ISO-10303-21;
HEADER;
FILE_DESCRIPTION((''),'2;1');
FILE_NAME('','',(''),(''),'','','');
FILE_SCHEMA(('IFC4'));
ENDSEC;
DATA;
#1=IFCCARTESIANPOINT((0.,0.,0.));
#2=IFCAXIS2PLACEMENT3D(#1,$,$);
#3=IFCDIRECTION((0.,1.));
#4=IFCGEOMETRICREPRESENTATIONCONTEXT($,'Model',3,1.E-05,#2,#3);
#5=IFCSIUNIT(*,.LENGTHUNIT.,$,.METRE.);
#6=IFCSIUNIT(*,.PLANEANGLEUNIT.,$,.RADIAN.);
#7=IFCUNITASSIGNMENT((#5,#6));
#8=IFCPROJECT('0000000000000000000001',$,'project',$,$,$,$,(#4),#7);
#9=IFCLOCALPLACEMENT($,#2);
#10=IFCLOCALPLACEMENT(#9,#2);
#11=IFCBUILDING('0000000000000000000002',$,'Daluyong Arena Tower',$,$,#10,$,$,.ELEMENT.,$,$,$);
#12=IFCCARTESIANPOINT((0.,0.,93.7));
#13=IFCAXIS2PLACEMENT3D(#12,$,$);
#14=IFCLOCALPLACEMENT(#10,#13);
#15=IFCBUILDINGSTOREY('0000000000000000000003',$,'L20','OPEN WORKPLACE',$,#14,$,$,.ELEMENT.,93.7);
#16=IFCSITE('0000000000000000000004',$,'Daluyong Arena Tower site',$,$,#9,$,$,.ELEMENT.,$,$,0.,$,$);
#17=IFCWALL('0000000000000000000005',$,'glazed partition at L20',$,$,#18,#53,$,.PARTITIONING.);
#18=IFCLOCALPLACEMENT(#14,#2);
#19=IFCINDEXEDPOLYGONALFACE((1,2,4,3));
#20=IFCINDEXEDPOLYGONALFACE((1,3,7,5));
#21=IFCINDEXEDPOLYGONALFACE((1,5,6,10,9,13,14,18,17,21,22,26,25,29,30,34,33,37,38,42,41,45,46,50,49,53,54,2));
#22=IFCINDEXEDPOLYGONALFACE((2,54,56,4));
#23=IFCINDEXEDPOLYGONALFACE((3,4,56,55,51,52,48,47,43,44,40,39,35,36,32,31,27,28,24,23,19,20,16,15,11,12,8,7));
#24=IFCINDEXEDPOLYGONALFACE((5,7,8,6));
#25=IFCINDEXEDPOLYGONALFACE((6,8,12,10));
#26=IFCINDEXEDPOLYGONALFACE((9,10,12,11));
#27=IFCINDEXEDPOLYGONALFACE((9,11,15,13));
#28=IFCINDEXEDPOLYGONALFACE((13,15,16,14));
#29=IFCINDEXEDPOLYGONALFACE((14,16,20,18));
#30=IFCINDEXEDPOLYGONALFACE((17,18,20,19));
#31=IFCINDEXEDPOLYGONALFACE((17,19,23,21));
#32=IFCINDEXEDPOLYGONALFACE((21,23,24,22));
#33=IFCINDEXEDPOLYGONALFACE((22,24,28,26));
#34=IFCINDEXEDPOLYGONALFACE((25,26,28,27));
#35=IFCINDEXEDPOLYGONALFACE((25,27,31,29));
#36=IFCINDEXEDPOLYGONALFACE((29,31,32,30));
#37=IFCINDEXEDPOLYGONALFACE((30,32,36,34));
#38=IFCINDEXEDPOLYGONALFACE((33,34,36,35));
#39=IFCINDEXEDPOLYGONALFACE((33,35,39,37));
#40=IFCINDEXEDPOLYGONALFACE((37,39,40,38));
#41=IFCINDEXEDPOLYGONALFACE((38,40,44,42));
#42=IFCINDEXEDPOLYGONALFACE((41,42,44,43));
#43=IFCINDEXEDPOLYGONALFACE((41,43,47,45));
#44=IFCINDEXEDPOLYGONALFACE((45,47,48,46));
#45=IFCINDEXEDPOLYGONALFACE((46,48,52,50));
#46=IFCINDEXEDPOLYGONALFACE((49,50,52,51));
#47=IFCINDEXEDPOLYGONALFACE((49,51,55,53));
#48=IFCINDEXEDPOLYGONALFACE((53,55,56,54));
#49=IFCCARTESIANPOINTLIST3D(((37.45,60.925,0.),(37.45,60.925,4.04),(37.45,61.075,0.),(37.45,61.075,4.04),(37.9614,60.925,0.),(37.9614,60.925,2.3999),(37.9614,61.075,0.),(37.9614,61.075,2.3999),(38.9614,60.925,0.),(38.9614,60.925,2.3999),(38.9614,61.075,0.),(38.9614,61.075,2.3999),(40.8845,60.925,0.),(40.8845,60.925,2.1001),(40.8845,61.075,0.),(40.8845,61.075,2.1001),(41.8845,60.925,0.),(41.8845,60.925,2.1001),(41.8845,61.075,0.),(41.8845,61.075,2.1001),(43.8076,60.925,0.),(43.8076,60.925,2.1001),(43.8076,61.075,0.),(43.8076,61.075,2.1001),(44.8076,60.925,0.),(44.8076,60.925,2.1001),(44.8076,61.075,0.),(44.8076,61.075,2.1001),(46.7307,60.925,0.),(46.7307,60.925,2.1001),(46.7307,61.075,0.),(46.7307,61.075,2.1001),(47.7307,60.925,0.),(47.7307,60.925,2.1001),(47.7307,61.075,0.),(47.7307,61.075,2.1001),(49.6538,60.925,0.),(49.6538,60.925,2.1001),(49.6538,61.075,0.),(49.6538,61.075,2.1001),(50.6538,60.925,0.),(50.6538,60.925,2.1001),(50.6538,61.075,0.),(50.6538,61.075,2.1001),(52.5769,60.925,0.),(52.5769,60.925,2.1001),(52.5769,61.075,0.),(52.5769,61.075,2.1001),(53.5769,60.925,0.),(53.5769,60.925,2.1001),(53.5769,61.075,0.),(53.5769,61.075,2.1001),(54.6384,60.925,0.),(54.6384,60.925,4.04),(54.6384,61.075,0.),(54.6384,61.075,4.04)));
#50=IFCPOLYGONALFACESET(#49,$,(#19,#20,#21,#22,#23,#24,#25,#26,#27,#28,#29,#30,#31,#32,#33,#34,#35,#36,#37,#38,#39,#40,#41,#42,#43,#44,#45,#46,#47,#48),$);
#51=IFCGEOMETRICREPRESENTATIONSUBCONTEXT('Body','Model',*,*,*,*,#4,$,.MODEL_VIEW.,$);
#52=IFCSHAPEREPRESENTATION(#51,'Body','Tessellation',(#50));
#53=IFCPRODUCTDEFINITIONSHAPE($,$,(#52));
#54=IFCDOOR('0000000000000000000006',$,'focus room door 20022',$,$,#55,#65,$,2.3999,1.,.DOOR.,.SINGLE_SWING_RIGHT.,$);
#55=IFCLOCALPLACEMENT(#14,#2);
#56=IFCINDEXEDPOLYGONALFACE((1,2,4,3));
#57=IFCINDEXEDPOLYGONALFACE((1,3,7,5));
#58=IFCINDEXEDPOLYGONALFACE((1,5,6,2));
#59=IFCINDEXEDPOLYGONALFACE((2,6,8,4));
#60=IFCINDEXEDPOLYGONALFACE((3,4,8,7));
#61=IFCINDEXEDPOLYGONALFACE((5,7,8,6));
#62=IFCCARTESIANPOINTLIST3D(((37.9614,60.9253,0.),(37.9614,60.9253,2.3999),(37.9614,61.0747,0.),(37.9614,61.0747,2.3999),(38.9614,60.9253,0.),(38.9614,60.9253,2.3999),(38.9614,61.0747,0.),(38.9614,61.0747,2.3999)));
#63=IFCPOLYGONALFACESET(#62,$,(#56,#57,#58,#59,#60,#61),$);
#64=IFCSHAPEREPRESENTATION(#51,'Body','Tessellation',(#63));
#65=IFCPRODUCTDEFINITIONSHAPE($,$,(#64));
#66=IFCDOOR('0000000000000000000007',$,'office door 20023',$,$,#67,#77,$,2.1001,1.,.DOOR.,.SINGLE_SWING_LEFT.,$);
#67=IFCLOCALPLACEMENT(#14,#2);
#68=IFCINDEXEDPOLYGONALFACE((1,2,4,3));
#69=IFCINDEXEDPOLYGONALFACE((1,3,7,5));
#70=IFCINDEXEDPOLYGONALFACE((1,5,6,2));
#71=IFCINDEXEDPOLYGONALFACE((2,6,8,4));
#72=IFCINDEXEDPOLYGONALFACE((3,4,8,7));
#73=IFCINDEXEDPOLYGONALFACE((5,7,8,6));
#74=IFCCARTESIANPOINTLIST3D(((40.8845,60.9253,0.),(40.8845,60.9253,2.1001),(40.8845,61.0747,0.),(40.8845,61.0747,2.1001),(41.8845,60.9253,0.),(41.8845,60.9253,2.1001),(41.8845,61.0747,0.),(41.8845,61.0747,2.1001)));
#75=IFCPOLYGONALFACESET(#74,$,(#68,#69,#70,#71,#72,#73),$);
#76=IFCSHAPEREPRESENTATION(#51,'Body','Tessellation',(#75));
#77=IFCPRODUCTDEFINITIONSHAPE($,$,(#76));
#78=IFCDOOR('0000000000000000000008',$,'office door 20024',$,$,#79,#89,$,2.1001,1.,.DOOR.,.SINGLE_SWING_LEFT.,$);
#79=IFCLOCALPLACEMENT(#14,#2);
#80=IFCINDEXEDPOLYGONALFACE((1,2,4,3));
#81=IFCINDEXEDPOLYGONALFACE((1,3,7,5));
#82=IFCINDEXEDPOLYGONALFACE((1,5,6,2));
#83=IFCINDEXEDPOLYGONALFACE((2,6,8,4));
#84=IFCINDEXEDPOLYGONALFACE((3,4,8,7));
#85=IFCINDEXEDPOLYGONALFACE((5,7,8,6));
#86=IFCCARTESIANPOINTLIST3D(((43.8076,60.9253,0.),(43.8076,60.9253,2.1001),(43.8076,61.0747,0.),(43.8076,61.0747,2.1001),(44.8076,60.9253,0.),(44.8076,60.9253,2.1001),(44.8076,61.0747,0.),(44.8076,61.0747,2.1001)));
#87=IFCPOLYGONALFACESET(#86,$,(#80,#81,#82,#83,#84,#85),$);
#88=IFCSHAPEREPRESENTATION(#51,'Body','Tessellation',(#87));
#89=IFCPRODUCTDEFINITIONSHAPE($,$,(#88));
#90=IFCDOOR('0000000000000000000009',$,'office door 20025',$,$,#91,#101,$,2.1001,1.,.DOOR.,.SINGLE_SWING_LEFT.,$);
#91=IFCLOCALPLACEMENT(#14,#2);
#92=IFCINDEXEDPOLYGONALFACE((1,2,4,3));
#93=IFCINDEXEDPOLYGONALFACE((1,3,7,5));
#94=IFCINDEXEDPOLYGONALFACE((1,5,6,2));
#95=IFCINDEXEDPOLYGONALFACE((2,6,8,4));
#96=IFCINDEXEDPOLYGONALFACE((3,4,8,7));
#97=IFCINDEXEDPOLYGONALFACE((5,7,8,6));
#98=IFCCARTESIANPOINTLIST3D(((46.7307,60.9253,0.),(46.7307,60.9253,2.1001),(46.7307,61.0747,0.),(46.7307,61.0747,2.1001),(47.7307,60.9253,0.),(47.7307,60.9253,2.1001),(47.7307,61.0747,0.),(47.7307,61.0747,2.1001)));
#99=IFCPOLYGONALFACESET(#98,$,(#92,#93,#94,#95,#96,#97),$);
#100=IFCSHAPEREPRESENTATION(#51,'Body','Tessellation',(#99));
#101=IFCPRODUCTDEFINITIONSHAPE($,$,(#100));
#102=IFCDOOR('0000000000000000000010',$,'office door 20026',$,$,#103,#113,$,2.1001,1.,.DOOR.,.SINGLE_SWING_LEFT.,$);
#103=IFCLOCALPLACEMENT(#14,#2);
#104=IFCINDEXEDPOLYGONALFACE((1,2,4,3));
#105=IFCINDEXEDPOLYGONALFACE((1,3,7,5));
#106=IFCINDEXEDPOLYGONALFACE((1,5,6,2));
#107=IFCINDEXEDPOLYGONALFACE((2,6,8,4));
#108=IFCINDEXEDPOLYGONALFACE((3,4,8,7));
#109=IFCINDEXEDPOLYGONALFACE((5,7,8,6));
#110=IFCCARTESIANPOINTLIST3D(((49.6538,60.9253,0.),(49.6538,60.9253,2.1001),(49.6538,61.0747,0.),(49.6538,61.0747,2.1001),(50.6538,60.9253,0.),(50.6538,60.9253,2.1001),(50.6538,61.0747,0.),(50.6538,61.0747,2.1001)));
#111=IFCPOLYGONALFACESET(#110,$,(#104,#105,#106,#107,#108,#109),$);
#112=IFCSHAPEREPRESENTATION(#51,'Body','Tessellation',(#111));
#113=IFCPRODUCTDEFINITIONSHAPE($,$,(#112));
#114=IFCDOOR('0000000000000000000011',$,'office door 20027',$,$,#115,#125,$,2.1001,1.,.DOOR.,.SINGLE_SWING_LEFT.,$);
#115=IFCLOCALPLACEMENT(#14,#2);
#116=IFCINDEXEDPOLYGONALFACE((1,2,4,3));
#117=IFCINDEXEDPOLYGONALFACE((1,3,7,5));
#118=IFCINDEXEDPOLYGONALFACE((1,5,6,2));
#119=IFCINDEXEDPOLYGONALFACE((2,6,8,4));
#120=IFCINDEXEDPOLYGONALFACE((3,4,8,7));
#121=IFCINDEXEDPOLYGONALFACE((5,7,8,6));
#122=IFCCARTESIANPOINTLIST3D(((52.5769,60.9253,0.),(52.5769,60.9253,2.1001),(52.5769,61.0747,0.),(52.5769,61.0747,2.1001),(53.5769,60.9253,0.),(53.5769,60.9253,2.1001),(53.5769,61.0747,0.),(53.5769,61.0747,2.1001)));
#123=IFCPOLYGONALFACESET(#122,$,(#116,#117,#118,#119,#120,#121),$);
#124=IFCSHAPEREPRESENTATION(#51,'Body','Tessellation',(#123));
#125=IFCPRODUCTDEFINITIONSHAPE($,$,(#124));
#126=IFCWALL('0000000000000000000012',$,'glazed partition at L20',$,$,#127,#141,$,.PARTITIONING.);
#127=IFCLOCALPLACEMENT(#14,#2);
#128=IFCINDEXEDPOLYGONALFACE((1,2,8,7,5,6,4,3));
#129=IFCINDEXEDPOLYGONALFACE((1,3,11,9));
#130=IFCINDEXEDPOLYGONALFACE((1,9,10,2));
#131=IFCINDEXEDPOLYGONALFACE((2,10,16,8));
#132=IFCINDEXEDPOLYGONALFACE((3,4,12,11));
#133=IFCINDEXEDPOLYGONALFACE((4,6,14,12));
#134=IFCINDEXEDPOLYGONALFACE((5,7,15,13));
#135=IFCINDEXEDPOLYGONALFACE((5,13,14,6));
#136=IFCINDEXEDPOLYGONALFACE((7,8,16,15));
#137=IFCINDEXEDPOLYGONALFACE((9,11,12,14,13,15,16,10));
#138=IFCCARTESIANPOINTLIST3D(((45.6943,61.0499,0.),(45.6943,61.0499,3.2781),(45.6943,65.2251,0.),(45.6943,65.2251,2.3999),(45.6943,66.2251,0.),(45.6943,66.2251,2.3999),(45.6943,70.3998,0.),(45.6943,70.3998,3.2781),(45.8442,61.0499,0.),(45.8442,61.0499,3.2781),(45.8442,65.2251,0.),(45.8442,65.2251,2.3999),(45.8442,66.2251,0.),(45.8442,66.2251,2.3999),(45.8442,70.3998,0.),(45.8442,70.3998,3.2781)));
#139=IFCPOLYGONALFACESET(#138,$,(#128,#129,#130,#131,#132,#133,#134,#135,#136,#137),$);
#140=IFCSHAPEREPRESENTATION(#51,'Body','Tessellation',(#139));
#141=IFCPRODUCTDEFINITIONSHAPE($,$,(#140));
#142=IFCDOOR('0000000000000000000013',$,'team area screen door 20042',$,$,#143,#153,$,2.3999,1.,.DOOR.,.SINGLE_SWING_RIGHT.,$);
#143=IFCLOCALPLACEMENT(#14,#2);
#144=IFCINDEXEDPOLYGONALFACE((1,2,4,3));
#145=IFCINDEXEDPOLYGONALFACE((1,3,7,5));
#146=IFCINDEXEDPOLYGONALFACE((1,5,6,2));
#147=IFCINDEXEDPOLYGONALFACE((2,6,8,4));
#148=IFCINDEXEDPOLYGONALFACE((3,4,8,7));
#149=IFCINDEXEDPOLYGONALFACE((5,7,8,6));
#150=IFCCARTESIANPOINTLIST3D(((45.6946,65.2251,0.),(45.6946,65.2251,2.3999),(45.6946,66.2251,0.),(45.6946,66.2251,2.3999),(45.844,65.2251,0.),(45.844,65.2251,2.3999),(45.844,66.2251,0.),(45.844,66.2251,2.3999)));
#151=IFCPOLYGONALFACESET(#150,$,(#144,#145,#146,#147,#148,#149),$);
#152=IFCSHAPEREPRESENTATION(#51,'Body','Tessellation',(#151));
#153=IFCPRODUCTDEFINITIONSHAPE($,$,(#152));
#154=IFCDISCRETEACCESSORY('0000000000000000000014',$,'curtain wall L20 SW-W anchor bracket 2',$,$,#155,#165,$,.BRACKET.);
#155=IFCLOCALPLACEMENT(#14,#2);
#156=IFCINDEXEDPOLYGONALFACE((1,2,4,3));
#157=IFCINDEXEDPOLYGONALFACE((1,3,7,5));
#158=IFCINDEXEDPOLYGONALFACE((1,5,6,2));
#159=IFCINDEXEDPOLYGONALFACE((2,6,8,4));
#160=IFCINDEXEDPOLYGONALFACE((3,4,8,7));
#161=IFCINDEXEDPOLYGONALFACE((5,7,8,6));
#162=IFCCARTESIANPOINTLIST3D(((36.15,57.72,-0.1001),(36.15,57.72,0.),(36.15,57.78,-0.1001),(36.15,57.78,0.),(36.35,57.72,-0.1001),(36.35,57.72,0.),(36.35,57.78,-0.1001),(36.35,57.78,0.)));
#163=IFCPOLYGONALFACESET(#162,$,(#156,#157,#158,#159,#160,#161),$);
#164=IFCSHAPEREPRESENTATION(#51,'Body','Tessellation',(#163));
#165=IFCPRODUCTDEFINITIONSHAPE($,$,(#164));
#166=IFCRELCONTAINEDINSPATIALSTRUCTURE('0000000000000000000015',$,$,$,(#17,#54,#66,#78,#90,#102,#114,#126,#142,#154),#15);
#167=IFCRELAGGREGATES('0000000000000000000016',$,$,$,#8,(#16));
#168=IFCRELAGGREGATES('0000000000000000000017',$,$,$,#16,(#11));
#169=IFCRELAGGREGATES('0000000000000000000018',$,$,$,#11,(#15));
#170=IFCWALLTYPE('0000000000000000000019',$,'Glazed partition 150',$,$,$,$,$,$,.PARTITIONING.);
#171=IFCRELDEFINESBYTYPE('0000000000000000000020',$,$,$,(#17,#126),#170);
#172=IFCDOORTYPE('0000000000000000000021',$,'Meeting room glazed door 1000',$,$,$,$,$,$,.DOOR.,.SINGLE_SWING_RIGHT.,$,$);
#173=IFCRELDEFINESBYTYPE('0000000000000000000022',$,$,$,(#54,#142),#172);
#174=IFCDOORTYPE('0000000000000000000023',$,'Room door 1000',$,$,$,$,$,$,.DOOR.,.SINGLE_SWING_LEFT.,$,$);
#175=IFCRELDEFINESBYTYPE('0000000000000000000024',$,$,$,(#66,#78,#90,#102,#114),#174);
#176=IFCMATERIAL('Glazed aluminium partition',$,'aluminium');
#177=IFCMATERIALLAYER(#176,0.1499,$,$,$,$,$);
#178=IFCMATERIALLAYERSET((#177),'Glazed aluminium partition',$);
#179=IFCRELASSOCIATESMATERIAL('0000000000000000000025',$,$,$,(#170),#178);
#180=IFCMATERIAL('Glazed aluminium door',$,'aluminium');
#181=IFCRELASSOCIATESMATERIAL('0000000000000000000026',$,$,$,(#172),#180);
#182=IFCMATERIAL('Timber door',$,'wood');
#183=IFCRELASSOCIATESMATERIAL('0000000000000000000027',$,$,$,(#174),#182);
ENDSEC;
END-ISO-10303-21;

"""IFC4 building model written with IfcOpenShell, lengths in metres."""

from ifc_helpers import new_model, si_unit, direction, frame, frame_2d, origin, origin_2d, place, context, subcontext, project, spatial, rectangle, extrude, material, layer, layer_set, type_object, element, fill, save


model = new_model("IFC4")

# Units and contexts
model_context = context("Model", 3, precision=1e-05, world=origin(), true_north=direction((0.0, 1.0)))
body_context = subcontext(model_context, "Body", "Model", "MODEL_VIEW")
ifc_project = project(units=[si_unit("LENGTHUNIT", "METRE"), si_unit("PLANEANGLEUNIT", "RADIAN")], contexts=[model_context])

# Site, building, storey
site_placement = place(None, origin())
site = spatial("IfcSite", under=ifc_project, at=site_placement, Name="Daluyong Arena Tower site", CompositionType="ELEMENT", RefElevation=0.0)
building_placement = place(site_placement, origin())
building = spatial("IfcBuilding", under=site, at=building_placement, Name="Daluyong Arena Tower", CompositionType="ELEMENT")
storey_placement = place(building_placement, frame((0.0, 0.0, 93.7)))
storey = spatial("IfcBuildingStorey", under=building, at=storey_placement, Name="L20", Description="OPEN WORKPLACE", CompositionType="ELEMENT", Elevation=93.7)

# Wall, openings, doors
ifc_material_1 = material(Name="Glazed aluminium partition", Category="aluminium")
ifc_layer_1 = layer(ifc_material_1, 0.1499)
ifc_layer_set_1 = layer_set([ifc_layer_1], Name="Glazed aluminium partition")
wall_type = type_object("IfcWallType", Name="Glazed partition 150", PredefinedType="PARTITIONING", material=ifc_layer_set_1)
wall_1_placement = place(storey_placement, frame((37.45, 61.0, 0.0), z_axis=(0.0, 0.0, 1.0), x_axis=(1.0, 0.0, 0.0)))
wall_1 = element("IfcWall", 1, at=wall_1_placement, inside=storey, type_object=wall_type, Name="glazed partition at L20", PredefinedType="PARTITIONING", context=body_context, shape_type="SweptSolid", body=[
    extrude(rectangle(XDim=17.1885, YDim=0.1499, at=frame_2d((8.5942, 0.0))), origin(), (0.0, 0.0, 1.0), 4.04),
])
opening_1_placement = place(wall_1_placement, frame((0.5115, 0.0, 0.0)))
opening_1 = element("IfcOpeningElement", 2, at=opening_1_placement, cuts=wall_1, PredefinedType="OPENING", context=body_context, shape_type="SweptSolid", body=[
    extrude(rectangle(XDim=1.0, YDim=2.3999, at=frame_2d((0.5, 1.2))), frame((0.0, 0.085, 0.0), z_axis=(0.0, -1.0, 0.0), x_axis=(1.0, 0.0, 0.0)), (0.0, 0.0, 1.0), 0.1699),
])
opening_2_placement = place(wall_1_placement, frame((3.4346, 0.0, 0.0)))
opening_2 = element("IfcOpeningElement", 3, at=opening_2_placement, cuts=wall_1, PredefinedType="OPENING", context=body_context, shape_type="SweptSolid", body=[
    extrude(rectangle(XDim=1.0, YDim=2.1001, at=frame_2d((0.5, 1.05))), frame((0.0, 0.085, 0.0), z_axis=(0.0, -1.0, 0.0), x_axis=(1.0, 0.0, 0.0)), (0.0, 0.0, 1.0), 0.1699),
])
opening_3_placement = place(wall_1_placement, frame((6.3577, 0.0, 0.0)))
opening_3 = element("IfcOpeningElement", 4, at=opening_3_placement, cuts=wall_1, PredefinedType="OPENING", context=body_context, shape_type="SweptSolid", body=[
    extrude(rectangle(XDim=1.0, YDim=2.1001, at=frame_2d((0.5, 1.05))), frame((0.0, 0.085, 0.0), z_axis=(0.0, -1.0, 0.0), x_axis=(1.0, 0.0, 0.0)), (0.0, 0.0, 1.0), 0.1699),
])
opening_4_placement = place(wall_1_placement, frame((9.2808, 0.0, 0.0)))
opening_4 = element("IfcOpeningElement", 5, at=opening_4_placement, cuts=wall_1, PredefinedType="OPENING", context=body_context, shape_type="SweptSolid", body=[
    extrude(rectangle(XDim=1.0, YDim=2.1001, at=frame_2d((0.5, 1.05))), frame((0.0, 0.085, 0.0), z_axis=(0.0, -1.0, 0.0), x_axis=(1.0, 0.0, 0.0)), (0.0, 0.0, 1.0), 0.1699),
])
opening_5_placement = place(wall_1_placement, frame((12.2039, 0.0, 0.0)))
opening_5 = element("IfcOpeningElement", 6, at=opening_5_placement, cuts=wall_1, PredefinedType="OPENING", context=body_context, shape_type="SweptSolid", body=[
    extrude(rectangle(XDim=1.0, YDim=2.1001, at=frame_2d((0.5, 1.05))), frame((0.0, 0.085, 0.0), z_axis=(0.0, -1.0, 0.0), x_axis=(1.0, 0.0, 0.0)), (0.0, 0.0, 1.0), 0.1699),
])
opening_6_placement = place(wall_1_placement, frame((15.127, 0.0, 0.0)))
opening_6 = element("IfcOpeningElement", 7, at=opening_6_placement, cuts=wall_1, PredefinedType="OPENING", context=body_context, shape_type="SweptSolid", body=[
    extrude(rectangle(XDim=1.0, YDim=2.1001, at=frame_2d((0.5, 1.05))), frame((0.0, 0.085, 0.0), z_axis=(0.0, -1.0, 0.0), x_axis=(1.0, 0.0, 0.0)), (0.0, 0.0, 1.0), 0.1699),
])
ifc_material_2 = material(Name="Glazed aluminium door", Category="aluminium")
door_type_1 = type_object("IfcDoorType", Name="Meeting room glazed door 1000", OperationType="SINGLE_SWING_RIGHT", PredefinedType="DOOR", material=ifc_material_2)
door_1_placement = place(opening_1_placement, origin())
door_1 = element("IfcDoor", 8, at=door_1_placement, inside=storey, type_object=door_type_1, Name="focus room door 20022", OperationType="SINGLE_SWING_RIGHT", OverallHeight=2.3999, OverallWidth=1.0, PredefinedType="DOOR", context=body_context, shape_type="SweptSolid", body=[
    extrude(rectangle(XDim=1.0, YDim=2.3999, at=frame_2d((0.5, 1.2))), frame((0.0, 0.0747, 0.0), z_axis=(0.0, -1.0, 0.0), x_axis=(1.0, 0.0, 0.0)), (0.0, 0.0, 1.0), 0.1494),
])
fill(opening_1, door_1)
ifc_material_3 = material(Name="Timber door", Category="wood")
door_type_2 = type_object("IfcDoorType", Name="Room door 1000", OperationType="SINGLE_SWING_LEFT", PredefinedType="DOOR", material=ifc_material_3)
door_2_placement = place(opening_2_placement, origin())
door_2 = element("IfcDoor", 9, at=door_2_placement, inside=storey, type_object=door_type_2, Name="office door 20023", OperationType="SINGLE_SWING_LEFT", OverallHeight=2.1001, OverallWidth=1.0, PredefinedType="DOOR", context=body_context, shape_type="SweptSolid", body=[
    extrude(rectangle(XDim=1.0, YDim=2.1001, at=frame_2d((0.5, 1.05))), frame((0.0, 0.0747, 0.0), z_axis=(0.0, -1.0, 0.0), x_axis=(1.0, 0.0, 0.0)), (0.0, 0.0, 1.0), 0.1494),
])
fill(opening_2, door_2)
door_3_placement = place(opening_3_placement, origin())
door_3 = element("IfcDoor", 10, at=door_3_placement, inside=storey, type_object=door_type_2, Name="office door 20024", OperationType="SINGLE_SWING_LEFT", OverallHeight=2.1001, OverallWidth=1.0, PredefinedType="DOOR", context=body_context, shape_type="SweptSolid", body=[
    extrude(rectangle(XDim=1.0, YDim=2.1001, at=frame_2d((0.5, 1.05))), frame((0.0, 0.0747, 0.0), z_axis=(0.0, -1.0, 0.0), x_axis=(1.0, 0.0, 0.0)), (0.0, 0.0, 1.0), 0.1494),
])
fill(opening_3, door_3)
door_4_placement = place(opening_4_placement, origin())
door_4 = element("IfcDoor", 11, at=door_4_placement, inside=storey, type_object=door_type_2, Name="office door 20025", OperationType="SINGLE_SWING_LEFT", OverallHeight=2.1001, OverallWidth=1.0, PredefinedType="DOOR", context=body_context, shape_type="SweptSolid", body=[
    extrude(rectangle(XDim=1.0, YDim=2.1001, at=frame_2d((0.5, 1.05))), frame((0.0, 0.0747, 0.0), z_axis=(0.0, -1.0, 0.0), x_axis=(1.0, 0.0, 0.0)), (0.0, 0.0, 1.0), 0.1494),
])
fill(opening_4, door_4)
door_5_placement = place(opening_5_placement, origin())
door_5 = element("IfcDoor", 12, at=door_5_placement, inside=storey, type_object=door_type_2, Name="office door 20026", OperationType="SINGLE_SWING_LEFT", OverallHeight=2.1001, OverallWidth=1.0, PredefinedType="DOOR", context=body_context, shape_type="SweptSolid", body=[
    extrude(rectangle(XDim=1.0, YDim=2.1001, at=frame_2d((0.5, 1.05))), frame((0.0, 0.0747, 0.0), z_axis=(0.0, -1.0, 0.0), x_axis=(1.0, 0.0, 0.0)), (0.0, 0.0, 1.0), 0.1494),
])
fill(opening_5, door_5)
door_6_placement = place(opening_6_placement, origin())
door_6 = element("IfcDoor", 13, at=door_6_placement, inside=storey, type_object=door_type_2, Name="office door 20027", OperationType="SINGLE_SWING_LEFT", OverallHeight=2.1001, OverallWidth=1.0, PredefinedType="DOOR", context=body_context, shape_type="SweptSolid", body=[
    extrude(rectangle(XDim=1.0, YDim=2.1001, at=frame_2d((0.5, 1.05))), frame((0.0, 0.0747, 0.0), z_axis=(0.0, -1.0, 0.0), x_axis=(1.0, 0.0, 0.0)), (0.0, 0.0, 1.0), 0.1494),
])
fill(opening_6, door_6)

# Wall, opening, door
wall_2_placement = place(storey_placement, frame((45.7693, 61.05, 0.0), z_axis=(0.0, 0.0, 1.0), x_axis=(0.0, 1.0, 0.0)))
wall_2 = element("IfcWall", 14, at=wall_2_placement, inside=storey, type_object=wall_type, Name="glazed partition at L20", PredefinedType="PARTITIONING", context=body_context, shape_type="SweptSolid", body=[
    extrude(rectangle(XDim=9.3499, YDim=0.1499, at=frame_2d((4.6748, 0.0))), origin(), (0.0, 0.0, 1.0), 3.2781),
])
opening_7_placement = place(wall_2_placement, frame((4.175, 0.0, 0.0)))
opening_7 = element("IfcOpeningElement", 15, at=opening_7_placement, cuts=wall_2, PredefinedType="OPENING", context=body_context, shape_type="SweptSolid", body=[
    extrude(rectangle(XDim=1.0, YDim=2.3999, at=frame_2d((0.5, 1.2))), frame((0.0, 0.085, 0.0), z_axis=(0.0, -1.0, 0.0), x_axis=(1.0, 0.0, 0.0)), (0.0, 0.0, 1.0), 0.1699),
])
door_7_placement = place(opening_7_placement, origin())
door_7 = element("IfcDoor", 16, at=door_7_placement, inside=storey, type_object=door_type_1, Name="team area screen door 20042", OperationType="SINGLE_SWING_RIGHT", OverallHeight=2.3999, OverallWidth=1.0, PredefinedType="DOOR", context=body_context, shape_type="SweptSolid", body=[
    extrude(rectangle(XDim=1.0, YDim=2.3999, at=frame_2d((0.5, 1.2))), frame((0.0, 0.0747, 0.0), z_axis=(0.0, -1.0, 0.0), x_axis=(1.0, 0.0, 0.0)), (0.0, 0.0, 1.0), 0.1494),
])
fill(opening_7, door_7)

# Discrete accessory
discrete_accessory_placement = place(storey_placement, frame((36.25, 57.75, -0.1001), z_axis=(0.0, 0.0, 1.0), x_axis=(0.0, -1.0, 0.0)))
element("IfcDiscreteAccessory", 17, at=discrete_accessory_placement, inside=storey, Name="curtain wall L20 SW-W anchor bracket 2", PredefinedType="BRACKET", context=body_context, shape_type="SweptSolid", body=[
    extrude(rectangle(XDim=0.0601, YDim=0.2, at=origin_2d()), origin(), (0.0, 0.0, 1.0), 0.1001),
])

save(model, "model.ifc")
